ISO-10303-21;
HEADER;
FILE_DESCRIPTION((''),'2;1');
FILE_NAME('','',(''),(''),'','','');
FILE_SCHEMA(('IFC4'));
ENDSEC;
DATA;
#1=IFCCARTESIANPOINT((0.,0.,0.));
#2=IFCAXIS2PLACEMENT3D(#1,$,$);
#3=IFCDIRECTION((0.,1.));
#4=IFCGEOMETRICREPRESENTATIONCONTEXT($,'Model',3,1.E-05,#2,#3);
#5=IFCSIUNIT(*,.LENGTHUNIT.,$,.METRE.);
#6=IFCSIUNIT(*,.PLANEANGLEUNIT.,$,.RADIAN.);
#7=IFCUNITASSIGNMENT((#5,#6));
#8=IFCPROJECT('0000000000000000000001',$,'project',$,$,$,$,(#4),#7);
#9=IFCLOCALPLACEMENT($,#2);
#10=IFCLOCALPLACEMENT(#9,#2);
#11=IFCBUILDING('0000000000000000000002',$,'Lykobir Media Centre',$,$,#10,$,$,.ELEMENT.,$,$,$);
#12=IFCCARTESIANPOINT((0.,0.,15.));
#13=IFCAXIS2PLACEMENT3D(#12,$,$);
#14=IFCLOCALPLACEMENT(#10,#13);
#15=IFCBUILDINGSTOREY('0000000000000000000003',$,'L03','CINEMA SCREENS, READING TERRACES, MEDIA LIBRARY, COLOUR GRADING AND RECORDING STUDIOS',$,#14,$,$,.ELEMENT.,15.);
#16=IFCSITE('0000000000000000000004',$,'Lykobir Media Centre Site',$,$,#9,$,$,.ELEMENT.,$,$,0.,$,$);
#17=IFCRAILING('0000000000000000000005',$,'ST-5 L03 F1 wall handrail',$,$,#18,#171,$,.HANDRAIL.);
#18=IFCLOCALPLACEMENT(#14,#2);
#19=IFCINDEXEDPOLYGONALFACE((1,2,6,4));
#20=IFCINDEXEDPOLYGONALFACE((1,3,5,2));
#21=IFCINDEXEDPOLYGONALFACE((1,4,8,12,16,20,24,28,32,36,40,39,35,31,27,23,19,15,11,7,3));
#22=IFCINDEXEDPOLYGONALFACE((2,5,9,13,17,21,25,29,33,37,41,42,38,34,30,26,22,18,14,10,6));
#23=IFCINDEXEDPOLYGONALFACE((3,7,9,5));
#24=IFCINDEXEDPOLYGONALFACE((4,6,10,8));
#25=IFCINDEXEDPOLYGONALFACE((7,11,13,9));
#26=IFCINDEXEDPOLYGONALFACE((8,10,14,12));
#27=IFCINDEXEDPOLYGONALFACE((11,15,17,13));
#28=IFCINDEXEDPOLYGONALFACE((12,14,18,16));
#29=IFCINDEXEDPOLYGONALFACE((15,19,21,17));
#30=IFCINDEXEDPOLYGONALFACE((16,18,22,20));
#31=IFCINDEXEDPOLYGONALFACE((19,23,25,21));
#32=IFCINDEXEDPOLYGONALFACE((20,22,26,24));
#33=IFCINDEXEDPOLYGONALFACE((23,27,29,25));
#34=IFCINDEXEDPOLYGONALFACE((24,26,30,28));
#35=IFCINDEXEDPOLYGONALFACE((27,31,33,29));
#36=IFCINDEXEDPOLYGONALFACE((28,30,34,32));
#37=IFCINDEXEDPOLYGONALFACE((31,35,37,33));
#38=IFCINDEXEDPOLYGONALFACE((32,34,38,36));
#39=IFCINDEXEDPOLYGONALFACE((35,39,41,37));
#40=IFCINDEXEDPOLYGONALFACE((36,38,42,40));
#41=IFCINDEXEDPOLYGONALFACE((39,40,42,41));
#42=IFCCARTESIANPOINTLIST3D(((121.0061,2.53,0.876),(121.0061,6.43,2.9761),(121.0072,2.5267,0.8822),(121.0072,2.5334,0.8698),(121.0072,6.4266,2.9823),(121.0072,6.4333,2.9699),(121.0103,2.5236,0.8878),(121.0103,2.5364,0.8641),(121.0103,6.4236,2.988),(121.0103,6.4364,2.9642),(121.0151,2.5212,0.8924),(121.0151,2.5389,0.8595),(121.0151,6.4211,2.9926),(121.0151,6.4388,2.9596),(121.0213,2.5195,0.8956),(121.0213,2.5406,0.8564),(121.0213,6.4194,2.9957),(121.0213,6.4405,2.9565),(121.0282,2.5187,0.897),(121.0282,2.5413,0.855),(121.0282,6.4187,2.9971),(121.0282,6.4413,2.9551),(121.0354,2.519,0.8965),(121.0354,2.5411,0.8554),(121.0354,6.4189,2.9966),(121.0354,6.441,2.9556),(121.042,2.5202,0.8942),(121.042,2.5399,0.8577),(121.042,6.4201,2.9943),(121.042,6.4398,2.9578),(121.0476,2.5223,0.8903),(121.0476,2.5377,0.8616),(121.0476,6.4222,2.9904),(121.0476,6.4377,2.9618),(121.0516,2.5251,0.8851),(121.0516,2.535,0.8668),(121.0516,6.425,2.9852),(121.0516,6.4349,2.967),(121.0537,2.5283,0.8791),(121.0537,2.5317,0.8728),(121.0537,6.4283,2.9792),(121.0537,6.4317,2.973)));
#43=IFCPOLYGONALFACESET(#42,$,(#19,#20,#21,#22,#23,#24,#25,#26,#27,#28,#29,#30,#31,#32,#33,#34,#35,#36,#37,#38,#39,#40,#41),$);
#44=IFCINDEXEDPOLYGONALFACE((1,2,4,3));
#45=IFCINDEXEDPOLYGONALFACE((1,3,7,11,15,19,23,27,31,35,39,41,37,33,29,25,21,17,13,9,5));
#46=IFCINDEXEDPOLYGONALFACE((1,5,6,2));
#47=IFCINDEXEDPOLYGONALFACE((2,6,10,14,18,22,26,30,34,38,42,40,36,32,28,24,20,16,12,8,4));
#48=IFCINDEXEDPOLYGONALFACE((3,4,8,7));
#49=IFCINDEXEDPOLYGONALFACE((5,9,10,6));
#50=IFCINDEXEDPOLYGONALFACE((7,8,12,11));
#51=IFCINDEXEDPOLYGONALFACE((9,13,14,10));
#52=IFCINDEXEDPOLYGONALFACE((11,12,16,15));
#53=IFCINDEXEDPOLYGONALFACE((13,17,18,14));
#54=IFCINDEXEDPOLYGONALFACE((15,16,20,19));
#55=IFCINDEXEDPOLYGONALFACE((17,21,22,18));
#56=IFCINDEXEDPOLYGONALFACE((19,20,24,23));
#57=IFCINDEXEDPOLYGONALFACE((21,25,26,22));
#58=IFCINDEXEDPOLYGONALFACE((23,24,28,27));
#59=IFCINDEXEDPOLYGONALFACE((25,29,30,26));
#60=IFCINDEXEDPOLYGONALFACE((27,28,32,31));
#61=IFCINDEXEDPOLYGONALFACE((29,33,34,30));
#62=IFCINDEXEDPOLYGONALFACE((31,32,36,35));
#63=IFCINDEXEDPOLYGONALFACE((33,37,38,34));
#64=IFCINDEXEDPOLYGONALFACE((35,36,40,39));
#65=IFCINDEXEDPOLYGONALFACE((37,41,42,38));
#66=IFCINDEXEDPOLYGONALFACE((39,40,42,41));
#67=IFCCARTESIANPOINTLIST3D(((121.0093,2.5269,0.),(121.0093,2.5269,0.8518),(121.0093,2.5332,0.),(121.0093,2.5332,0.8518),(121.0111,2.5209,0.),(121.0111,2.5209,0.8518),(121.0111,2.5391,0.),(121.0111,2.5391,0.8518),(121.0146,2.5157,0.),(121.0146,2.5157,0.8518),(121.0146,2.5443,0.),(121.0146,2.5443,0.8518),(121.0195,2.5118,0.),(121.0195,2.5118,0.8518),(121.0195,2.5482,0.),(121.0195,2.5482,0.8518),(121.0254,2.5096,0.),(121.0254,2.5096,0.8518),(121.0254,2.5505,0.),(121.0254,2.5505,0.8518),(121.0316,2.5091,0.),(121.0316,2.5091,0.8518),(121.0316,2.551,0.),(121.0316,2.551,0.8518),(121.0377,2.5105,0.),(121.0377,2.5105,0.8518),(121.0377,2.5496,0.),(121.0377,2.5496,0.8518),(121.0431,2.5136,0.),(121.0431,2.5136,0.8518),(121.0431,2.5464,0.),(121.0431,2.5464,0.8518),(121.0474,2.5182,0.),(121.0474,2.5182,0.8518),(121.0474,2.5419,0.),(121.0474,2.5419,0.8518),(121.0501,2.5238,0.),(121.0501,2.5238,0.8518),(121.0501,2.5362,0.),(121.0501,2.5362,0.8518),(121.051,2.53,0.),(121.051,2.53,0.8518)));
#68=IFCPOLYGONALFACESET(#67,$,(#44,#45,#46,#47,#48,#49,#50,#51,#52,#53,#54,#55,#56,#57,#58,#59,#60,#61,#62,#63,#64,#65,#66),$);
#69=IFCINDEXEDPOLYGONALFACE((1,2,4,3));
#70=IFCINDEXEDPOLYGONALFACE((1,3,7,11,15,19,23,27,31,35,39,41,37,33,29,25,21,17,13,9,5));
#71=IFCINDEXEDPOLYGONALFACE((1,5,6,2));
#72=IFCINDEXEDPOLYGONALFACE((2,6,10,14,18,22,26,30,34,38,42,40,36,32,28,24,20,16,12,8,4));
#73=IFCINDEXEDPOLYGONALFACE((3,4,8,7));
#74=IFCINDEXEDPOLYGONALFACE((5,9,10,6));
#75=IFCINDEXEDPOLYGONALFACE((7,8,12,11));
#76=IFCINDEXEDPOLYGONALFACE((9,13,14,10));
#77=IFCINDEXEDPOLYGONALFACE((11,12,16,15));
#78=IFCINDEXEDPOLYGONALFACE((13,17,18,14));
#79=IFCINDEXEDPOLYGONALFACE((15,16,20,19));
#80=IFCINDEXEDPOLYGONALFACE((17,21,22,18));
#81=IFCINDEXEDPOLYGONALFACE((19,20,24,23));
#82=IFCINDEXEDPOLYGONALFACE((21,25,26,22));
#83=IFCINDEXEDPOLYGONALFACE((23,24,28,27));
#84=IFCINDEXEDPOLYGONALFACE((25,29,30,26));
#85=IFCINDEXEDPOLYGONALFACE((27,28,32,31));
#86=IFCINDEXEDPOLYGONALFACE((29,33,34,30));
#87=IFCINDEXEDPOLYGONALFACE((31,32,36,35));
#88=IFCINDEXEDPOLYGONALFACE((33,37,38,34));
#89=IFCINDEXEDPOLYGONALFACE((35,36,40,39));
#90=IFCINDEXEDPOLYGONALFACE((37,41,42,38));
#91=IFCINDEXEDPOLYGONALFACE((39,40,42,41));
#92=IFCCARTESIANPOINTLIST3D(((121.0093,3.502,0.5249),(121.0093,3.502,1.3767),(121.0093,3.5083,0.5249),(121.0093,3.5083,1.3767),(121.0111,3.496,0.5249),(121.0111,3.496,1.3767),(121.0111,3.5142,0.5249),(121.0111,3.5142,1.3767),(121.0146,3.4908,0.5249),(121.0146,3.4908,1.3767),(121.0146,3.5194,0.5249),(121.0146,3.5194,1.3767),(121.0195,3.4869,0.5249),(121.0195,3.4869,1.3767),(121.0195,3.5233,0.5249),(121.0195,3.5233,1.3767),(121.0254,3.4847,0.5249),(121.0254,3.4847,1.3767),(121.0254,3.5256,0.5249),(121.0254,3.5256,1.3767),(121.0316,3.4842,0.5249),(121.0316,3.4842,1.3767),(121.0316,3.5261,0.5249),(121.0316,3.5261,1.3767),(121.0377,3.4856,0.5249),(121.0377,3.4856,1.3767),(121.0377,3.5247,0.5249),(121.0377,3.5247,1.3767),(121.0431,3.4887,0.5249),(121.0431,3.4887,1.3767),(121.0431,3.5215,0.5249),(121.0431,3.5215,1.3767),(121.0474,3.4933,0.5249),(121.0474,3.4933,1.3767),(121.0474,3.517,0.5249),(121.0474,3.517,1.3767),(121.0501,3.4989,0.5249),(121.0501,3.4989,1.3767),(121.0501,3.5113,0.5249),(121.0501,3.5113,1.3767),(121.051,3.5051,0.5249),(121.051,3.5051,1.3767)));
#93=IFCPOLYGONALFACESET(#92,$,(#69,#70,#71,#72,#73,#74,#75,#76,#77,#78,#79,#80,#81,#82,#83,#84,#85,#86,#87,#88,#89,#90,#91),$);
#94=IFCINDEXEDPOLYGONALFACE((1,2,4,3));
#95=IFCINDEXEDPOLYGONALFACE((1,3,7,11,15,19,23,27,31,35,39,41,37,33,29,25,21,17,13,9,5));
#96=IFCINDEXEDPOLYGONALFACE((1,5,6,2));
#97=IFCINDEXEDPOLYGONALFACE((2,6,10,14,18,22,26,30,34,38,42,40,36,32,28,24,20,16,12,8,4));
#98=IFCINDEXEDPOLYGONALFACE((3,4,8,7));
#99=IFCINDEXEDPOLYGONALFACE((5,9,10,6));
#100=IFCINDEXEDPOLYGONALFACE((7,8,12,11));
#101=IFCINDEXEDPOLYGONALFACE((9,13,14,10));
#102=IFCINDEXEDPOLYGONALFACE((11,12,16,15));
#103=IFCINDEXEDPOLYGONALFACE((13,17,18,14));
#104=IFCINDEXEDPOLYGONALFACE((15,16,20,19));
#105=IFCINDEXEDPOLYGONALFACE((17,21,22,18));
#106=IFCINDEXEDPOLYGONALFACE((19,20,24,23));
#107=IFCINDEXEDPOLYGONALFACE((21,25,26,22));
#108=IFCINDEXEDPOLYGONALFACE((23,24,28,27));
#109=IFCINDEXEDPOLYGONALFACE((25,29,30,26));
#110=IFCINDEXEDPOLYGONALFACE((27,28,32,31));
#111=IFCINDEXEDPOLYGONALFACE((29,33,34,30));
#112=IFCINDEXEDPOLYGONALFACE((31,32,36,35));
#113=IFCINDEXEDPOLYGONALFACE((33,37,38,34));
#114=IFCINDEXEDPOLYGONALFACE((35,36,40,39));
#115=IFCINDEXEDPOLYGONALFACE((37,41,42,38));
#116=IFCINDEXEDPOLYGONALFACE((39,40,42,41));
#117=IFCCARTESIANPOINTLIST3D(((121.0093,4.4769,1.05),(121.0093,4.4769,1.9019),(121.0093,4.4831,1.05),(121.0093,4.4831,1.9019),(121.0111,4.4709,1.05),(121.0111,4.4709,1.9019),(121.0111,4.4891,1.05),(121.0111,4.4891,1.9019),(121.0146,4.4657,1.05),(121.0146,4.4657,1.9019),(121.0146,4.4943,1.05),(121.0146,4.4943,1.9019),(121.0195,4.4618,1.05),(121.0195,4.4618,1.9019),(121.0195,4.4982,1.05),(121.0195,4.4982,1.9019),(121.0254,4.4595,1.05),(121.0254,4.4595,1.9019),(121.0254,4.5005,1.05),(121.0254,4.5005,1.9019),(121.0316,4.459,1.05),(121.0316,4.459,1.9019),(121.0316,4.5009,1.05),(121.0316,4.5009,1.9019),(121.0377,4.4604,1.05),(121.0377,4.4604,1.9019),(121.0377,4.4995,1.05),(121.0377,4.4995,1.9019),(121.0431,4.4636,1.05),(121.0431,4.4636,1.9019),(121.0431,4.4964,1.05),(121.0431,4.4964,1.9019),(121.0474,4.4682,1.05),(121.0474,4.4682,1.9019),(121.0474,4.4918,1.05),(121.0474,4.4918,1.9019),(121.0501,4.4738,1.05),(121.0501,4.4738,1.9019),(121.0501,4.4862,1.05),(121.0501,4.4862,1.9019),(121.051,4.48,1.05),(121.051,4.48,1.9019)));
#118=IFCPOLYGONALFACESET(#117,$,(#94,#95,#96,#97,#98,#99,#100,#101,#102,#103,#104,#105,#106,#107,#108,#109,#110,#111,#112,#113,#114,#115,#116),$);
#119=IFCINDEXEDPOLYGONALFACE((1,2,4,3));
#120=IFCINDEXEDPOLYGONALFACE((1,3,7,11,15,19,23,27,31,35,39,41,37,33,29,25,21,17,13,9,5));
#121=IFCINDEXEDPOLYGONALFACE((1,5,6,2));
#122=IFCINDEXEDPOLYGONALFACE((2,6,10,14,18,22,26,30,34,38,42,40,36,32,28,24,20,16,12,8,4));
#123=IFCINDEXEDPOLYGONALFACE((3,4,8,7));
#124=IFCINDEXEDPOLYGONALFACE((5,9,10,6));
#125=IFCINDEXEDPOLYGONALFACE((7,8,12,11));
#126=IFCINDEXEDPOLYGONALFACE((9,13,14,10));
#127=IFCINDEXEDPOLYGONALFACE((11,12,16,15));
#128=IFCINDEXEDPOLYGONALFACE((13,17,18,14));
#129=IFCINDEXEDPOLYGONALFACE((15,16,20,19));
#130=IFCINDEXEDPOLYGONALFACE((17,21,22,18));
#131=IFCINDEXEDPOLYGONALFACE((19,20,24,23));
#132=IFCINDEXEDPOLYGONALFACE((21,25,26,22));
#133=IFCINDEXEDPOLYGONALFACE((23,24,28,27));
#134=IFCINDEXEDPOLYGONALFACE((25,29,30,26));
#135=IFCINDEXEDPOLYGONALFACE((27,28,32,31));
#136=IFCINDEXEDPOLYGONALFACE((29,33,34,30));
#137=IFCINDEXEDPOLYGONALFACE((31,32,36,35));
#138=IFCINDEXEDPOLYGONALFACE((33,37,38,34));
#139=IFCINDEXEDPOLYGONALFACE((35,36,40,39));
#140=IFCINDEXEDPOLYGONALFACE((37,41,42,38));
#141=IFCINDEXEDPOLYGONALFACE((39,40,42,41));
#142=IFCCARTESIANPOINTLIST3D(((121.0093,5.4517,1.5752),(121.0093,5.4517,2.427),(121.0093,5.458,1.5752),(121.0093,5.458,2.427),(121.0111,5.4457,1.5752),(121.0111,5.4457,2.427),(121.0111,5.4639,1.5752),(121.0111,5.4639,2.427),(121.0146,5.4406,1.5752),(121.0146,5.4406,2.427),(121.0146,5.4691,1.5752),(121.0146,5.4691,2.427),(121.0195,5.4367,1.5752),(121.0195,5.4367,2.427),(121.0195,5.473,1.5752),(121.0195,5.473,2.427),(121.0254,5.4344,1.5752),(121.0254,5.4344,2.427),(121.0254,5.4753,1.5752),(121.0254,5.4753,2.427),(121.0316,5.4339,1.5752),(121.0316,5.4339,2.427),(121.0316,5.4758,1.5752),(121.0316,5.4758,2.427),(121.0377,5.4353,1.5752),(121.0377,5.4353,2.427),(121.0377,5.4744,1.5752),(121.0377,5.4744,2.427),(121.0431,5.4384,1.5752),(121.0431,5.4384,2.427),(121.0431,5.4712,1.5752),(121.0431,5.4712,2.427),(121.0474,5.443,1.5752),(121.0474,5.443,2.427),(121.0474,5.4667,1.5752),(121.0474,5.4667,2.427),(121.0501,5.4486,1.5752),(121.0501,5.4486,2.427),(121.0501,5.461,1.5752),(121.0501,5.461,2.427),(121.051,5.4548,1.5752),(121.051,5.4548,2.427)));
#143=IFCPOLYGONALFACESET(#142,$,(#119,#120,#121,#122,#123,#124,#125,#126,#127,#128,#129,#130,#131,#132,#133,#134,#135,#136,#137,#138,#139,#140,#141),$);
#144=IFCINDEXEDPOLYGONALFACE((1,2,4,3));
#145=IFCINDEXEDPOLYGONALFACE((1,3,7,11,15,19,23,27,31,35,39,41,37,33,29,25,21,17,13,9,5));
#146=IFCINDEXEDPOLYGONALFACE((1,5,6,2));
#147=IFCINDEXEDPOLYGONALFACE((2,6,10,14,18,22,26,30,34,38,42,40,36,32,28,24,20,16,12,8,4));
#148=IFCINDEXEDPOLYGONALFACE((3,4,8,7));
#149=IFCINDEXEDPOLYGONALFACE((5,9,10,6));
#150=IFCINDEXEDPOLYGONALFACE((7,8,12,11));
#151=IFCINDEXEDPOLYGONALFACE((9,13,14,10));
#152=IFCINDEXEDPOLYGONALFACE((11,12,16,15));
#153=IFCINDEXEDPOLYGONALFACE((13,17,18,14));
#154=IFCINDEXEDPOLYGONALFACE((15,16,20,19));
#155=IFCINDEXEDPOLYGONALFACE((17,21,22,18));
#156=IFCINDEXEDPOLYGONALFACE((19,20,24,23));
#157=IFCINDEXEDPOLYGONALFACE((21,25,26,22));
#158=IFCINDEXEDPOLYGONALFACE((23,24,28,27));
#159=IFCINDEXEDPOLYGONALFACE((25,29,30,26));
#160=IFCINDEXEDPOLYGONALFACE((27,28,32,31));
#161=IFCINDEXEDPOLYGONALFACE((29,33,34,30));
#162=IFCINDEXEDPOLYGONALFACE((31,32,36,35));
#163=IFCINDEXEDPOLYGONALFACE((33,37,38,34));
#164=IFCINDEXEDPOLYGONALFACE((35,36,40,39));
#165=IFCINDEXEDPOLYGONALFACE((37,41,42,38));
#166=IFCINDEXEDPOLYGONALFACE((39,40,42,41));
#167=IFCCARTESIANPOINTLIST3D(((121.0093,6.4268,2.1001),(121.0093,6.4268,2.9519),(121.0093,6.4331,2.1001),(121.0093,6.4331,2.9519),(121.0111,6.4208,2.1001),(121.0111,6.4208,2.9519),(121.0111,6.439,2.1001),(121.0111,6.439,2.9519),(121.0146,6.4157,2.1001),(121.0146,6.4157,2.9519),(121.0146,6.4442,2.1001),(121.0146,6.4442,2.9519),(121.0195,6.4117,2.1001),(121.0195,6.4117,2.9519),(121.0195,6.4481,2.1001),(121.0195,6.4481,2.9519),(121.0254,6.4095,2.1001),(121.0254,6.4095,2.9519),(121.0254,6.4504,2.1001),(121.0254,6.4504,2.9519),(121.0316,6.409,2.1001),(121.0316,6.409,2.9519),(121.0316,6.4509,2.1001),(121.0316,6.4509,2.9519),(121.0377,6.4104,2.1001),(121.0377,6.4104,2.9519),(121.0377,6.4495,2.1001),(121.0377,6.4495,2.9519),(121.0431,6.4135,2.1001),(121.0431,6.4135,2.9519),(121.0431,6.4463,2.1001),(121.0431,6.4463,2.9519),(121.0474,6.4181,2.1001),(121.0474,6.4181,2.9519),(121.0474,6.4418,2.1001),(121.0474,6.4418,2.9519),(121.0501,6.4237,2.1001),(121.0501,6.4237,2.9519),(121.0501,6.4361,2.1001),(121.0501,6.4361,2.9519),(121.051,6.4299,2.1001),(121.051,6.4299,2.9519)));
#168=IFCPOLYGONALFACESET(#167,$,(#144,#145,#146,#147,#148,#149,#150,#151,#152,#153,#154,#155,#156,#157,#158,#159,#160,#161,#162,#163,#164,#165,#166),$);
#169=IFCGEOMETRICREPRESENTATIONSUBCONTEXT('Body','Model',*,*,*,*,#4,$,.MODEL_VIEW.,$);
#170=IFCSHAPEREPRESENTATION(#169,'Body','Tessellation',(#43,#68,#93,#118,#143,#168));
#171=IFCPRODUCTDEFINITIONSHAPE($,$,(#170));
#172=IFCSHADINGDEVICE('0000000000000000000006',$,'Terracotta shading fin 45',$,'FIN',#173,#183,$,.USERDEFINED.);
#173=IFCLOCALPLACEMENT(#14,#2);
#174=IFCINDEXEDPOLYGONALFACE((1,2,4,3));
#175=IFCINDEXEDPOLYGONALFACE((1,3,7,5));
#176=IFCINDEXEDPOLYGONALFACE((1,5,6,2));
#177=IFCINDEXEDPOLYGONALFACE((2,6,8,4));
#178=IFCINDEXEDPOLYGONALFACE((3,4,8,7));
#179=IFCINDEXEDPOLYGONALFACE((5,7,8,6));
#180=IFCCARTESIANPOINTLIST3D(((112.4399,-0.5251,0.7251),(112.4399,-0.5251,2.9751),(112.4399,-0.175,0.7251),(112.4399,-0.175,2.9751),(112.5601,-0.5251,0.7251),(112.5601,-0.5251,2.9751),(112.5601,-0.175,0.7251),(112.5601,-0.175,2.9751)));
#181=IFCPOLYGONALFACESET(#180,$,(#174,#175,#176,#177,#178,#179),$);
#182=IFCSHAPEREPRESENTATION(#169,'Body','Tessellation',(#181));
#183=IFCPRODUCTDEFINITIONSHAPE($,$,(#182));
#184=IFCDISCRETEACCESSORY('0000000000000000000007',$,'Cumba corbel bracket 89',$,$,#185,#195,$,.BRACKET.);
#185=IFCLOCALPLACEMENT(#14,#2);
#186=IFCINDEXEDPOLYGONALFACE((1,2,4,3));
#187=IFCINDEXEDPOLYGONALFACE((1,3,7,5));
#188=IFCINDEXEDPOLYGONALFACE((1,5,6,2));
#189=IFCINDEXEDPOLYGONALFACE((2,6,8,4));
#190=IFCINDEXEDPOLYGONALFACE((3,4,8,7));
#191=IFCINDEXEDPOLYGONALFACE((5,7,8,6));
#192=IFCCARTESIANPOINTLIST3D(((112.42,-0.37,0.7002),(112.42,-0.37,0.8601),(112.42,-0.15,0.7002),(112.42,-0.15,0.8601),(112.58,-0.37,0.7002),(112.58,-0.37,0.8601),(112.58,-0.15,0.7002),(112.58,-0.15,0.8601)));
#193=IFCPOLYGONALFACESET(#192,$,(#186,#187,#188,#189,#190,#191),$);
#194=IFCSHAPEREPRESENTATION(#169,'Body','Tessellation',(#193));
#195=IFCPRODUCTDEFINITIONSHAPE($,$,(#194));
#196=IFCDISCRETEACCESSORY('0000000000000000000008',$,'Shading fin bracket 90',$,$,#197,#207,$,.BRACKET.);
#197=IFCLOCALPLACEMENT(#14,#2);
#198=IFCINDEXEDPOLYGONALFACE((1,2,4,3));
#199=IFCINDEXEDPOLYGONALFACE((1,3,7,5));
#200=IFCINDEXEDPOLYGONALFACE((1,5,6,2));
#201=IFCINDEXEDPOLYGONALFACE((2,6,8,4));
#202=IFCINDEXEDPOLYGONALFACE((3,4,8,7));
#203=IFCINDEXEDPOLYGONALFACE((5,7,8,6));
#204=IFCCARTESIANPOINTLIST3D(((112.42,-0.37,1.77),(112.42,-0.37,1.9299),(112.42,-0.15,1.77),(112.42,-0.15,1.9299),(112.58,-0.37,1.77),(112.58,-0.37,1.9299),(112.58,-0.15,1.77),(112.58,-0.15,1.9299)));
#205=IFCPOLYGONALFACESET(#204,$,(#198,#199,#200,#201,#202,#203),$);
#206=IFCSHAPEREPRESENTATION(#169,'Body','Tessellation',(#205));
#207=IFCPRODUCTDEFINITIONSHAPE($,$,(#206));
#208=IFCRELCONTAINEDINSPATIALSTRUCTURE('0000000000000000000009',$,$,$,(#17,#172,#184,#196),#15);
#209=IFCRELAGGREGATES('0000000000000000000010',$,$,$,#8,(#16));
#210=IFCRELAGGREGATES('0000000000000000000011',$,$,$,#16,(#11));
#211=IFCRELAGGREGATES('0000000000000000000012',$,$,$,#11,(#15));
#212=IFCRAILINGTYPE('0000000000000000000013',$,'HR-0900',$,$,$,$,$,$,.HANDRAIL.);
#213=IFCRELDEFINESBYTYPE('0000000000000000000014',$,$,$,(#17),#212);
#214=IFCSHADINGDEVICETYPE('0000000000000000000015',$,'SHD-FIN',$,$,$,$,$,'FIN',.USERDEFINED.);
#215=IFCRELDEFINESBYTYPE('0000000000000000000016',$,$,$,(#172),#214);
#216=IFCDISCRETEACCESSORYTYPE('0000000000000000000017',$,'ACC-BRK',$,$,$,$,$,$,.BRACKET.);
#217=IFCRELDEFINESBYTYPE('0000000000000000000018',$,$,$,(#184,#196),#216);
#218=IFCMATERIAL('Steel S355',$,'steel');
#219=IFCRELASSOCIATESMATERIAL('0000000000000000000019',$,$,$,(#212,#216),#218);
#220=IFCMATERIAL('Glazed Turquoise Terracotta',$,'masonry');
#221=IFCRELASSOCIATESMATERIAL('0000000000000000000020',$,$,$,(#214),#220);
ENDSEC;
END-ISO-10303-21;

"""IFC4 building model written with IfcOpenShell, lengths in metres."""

from ifc_helpers import new_model, si_unit, direction, frame, origin, origin_2d, place, context, subcontext, project, spatial, rectangle, circle, extrude, material, type_object, element, save


model = new_model("IFC4")

# Units and contexts
model_context = context("Model", 3, precision=1e-05, world=origin(), true_north=direction((0.0, 1.0)))
body_context = subcontext(model_context, "Body", "Model", "MODEL_VIEW")
ifc_project = project(units=[si_unit("LENGTHUNIT", "METRE"), si_unit("PLANEANGLEUNIT", "RADIAN")], contexts=[model_context])

# Site, building, storey
site_placement = place(None, origin())
site = spatial("IfcSite", under=ifc_project, at=site_placement, Name="Lykobir Media Centre Site", CompositionType="ELEMENT", RefElevation=0.0)
building_placement = place(site_placement, origin())
building = spatial("IfcBuilding", under=site, at=building_placement, Name="Lykobir Media Centre", CompositionType="ELEMENT")
storey_placement = place(building_placement, frame((0.0, 0.0, 15.0)))
storey = spatial("IfcBuildingStorey", under=building, at=storey_placement, Name="L03", Description="CINEMA SCREENS, READING TERRACES, MEDIA LIBRARY, COLOUR GRADING AND RECORDING STUDIOS", CompositionType="ELEMENT", Elevation=15.0)

# Shared definitions
ifc_material_1 = material(Name="Steel S355", Category="steel")

# Shared definitions
ifc_material_2 = material(Name="Glazed Turquoise Terracotta", Category="masonry")

# Railing
railing_type_1 = type_object("IfcRailingType", Name="HR-0900", PredefinedType="HANDRAIL", material=ifc_material_1)
railing_1_placement = place(storey_placement, frame((121.03, 2.53, 0.0)))
element("IfcRailing", 1, at=railing_1_placement, inside=storey, type_object=railing_type_1, Name="ST-5 L03 F1 wall handrail", PredefinedType="HANDRAIL", context=body_context, shape_type="SweptSolid", body=[
    extrude(circle(Radius=0.0239, at=origin_2d()), frame((0.0, 0.0, 0.876), z_axis=(0.0, 0.880457, 0.474126), x_axis=(-1.0, 0.0, 0.0)), (0.0, 0.0, 1.0), 4.4294),
    extrude(circle(Radius=0.021, at=origin_2d()), origin(), (0.0, 0.0, 1.0), 0.8518),
    extrude(circle(Radius=0.021, at=origin_2d()), frame((0.0, 0.9751, 0.5249)), (0.0, 0.0, 1.0), 0.8518),
    extrude(circle(Radius=0.021, at=origin_2d()), frame((0.0, 1.95, 1.05)), (0.0, 0.0, 1.0), 0.8518),
    extrude(circle(Radius=0.021, at=origin_2d()), frame((0.0, 2.9248, 1.5752)), (0.0, 0.0, 1.0), 0.8518),
    extrude(circle(Radius=0.021, at=origin_2d()), frame((0.0, 3.8999, 2.1001)), (0.0, 0.0, 1.0), 0.8518),
])

# Shading device
shading_device_type = type_object("IfcShadingDeviceType", Name="SHD-FIN", ElementType="FIN", PredefinedType="USERDEFINED", material=ifc_material_2)
shading_device_placement = place(storey_placement, frame((112.5, -0.3501, 0.7251), z_axis=(0.0, 0.0, 1.0), x_axis=(1.0, 0.0, 0.0)))
element("IfcShadingDevice", 2, at=shading_device_placement, inside=storey, type_object=shading_device_type, Name="Terracotta shading fin 45", ObjectType="FIN", PredefinedType="USERDEFINED", context=body_context, shape_type="SweptSolid", body=[
    extrude(rectangle(XDim=0.1201, YDim=0.3501, at=origin_2d()), origin(), (0.0, 0.0, 1.0), 2.25),
])

# Discrete accessories
discrete_accessory_type = type_object("IfcDiscreteAccessoryType", Name="ACC-BRK", PredefinedType="BRACKET", material=ifc_material_1)
for number, where, z_axis, x_axis, name in (
    (3, (112.5, -0.26, 0.7002), (0.0, 0.0, 1.0), (1.0, 0.0, 0.0), "Cumba corbel bracket 89"),
    (4, (112.5, -0.26, 1.77), (0.0, 0.0, 1.0), (1.0, 0.0, 0.0), "Shading fin bracket 90"),
):
    element("IfcDiscreteAccessory", number, at=place(storey_placement, frame(where, z_axis=z_axis, x_axis=x_axis)), inside=storey, type_object=discrete_accessory_type, Name=name, PredefinedType="BRACKET", context=body_context, shape_type="SweptSolid", body=[
        extrude(rectangle(XDim=0.1599, YDim=0.22, at=origin_2d()), origin(), (0.0, 0.0, 1.0), 0.1599),
    ])

save(model, "model.ifc")
